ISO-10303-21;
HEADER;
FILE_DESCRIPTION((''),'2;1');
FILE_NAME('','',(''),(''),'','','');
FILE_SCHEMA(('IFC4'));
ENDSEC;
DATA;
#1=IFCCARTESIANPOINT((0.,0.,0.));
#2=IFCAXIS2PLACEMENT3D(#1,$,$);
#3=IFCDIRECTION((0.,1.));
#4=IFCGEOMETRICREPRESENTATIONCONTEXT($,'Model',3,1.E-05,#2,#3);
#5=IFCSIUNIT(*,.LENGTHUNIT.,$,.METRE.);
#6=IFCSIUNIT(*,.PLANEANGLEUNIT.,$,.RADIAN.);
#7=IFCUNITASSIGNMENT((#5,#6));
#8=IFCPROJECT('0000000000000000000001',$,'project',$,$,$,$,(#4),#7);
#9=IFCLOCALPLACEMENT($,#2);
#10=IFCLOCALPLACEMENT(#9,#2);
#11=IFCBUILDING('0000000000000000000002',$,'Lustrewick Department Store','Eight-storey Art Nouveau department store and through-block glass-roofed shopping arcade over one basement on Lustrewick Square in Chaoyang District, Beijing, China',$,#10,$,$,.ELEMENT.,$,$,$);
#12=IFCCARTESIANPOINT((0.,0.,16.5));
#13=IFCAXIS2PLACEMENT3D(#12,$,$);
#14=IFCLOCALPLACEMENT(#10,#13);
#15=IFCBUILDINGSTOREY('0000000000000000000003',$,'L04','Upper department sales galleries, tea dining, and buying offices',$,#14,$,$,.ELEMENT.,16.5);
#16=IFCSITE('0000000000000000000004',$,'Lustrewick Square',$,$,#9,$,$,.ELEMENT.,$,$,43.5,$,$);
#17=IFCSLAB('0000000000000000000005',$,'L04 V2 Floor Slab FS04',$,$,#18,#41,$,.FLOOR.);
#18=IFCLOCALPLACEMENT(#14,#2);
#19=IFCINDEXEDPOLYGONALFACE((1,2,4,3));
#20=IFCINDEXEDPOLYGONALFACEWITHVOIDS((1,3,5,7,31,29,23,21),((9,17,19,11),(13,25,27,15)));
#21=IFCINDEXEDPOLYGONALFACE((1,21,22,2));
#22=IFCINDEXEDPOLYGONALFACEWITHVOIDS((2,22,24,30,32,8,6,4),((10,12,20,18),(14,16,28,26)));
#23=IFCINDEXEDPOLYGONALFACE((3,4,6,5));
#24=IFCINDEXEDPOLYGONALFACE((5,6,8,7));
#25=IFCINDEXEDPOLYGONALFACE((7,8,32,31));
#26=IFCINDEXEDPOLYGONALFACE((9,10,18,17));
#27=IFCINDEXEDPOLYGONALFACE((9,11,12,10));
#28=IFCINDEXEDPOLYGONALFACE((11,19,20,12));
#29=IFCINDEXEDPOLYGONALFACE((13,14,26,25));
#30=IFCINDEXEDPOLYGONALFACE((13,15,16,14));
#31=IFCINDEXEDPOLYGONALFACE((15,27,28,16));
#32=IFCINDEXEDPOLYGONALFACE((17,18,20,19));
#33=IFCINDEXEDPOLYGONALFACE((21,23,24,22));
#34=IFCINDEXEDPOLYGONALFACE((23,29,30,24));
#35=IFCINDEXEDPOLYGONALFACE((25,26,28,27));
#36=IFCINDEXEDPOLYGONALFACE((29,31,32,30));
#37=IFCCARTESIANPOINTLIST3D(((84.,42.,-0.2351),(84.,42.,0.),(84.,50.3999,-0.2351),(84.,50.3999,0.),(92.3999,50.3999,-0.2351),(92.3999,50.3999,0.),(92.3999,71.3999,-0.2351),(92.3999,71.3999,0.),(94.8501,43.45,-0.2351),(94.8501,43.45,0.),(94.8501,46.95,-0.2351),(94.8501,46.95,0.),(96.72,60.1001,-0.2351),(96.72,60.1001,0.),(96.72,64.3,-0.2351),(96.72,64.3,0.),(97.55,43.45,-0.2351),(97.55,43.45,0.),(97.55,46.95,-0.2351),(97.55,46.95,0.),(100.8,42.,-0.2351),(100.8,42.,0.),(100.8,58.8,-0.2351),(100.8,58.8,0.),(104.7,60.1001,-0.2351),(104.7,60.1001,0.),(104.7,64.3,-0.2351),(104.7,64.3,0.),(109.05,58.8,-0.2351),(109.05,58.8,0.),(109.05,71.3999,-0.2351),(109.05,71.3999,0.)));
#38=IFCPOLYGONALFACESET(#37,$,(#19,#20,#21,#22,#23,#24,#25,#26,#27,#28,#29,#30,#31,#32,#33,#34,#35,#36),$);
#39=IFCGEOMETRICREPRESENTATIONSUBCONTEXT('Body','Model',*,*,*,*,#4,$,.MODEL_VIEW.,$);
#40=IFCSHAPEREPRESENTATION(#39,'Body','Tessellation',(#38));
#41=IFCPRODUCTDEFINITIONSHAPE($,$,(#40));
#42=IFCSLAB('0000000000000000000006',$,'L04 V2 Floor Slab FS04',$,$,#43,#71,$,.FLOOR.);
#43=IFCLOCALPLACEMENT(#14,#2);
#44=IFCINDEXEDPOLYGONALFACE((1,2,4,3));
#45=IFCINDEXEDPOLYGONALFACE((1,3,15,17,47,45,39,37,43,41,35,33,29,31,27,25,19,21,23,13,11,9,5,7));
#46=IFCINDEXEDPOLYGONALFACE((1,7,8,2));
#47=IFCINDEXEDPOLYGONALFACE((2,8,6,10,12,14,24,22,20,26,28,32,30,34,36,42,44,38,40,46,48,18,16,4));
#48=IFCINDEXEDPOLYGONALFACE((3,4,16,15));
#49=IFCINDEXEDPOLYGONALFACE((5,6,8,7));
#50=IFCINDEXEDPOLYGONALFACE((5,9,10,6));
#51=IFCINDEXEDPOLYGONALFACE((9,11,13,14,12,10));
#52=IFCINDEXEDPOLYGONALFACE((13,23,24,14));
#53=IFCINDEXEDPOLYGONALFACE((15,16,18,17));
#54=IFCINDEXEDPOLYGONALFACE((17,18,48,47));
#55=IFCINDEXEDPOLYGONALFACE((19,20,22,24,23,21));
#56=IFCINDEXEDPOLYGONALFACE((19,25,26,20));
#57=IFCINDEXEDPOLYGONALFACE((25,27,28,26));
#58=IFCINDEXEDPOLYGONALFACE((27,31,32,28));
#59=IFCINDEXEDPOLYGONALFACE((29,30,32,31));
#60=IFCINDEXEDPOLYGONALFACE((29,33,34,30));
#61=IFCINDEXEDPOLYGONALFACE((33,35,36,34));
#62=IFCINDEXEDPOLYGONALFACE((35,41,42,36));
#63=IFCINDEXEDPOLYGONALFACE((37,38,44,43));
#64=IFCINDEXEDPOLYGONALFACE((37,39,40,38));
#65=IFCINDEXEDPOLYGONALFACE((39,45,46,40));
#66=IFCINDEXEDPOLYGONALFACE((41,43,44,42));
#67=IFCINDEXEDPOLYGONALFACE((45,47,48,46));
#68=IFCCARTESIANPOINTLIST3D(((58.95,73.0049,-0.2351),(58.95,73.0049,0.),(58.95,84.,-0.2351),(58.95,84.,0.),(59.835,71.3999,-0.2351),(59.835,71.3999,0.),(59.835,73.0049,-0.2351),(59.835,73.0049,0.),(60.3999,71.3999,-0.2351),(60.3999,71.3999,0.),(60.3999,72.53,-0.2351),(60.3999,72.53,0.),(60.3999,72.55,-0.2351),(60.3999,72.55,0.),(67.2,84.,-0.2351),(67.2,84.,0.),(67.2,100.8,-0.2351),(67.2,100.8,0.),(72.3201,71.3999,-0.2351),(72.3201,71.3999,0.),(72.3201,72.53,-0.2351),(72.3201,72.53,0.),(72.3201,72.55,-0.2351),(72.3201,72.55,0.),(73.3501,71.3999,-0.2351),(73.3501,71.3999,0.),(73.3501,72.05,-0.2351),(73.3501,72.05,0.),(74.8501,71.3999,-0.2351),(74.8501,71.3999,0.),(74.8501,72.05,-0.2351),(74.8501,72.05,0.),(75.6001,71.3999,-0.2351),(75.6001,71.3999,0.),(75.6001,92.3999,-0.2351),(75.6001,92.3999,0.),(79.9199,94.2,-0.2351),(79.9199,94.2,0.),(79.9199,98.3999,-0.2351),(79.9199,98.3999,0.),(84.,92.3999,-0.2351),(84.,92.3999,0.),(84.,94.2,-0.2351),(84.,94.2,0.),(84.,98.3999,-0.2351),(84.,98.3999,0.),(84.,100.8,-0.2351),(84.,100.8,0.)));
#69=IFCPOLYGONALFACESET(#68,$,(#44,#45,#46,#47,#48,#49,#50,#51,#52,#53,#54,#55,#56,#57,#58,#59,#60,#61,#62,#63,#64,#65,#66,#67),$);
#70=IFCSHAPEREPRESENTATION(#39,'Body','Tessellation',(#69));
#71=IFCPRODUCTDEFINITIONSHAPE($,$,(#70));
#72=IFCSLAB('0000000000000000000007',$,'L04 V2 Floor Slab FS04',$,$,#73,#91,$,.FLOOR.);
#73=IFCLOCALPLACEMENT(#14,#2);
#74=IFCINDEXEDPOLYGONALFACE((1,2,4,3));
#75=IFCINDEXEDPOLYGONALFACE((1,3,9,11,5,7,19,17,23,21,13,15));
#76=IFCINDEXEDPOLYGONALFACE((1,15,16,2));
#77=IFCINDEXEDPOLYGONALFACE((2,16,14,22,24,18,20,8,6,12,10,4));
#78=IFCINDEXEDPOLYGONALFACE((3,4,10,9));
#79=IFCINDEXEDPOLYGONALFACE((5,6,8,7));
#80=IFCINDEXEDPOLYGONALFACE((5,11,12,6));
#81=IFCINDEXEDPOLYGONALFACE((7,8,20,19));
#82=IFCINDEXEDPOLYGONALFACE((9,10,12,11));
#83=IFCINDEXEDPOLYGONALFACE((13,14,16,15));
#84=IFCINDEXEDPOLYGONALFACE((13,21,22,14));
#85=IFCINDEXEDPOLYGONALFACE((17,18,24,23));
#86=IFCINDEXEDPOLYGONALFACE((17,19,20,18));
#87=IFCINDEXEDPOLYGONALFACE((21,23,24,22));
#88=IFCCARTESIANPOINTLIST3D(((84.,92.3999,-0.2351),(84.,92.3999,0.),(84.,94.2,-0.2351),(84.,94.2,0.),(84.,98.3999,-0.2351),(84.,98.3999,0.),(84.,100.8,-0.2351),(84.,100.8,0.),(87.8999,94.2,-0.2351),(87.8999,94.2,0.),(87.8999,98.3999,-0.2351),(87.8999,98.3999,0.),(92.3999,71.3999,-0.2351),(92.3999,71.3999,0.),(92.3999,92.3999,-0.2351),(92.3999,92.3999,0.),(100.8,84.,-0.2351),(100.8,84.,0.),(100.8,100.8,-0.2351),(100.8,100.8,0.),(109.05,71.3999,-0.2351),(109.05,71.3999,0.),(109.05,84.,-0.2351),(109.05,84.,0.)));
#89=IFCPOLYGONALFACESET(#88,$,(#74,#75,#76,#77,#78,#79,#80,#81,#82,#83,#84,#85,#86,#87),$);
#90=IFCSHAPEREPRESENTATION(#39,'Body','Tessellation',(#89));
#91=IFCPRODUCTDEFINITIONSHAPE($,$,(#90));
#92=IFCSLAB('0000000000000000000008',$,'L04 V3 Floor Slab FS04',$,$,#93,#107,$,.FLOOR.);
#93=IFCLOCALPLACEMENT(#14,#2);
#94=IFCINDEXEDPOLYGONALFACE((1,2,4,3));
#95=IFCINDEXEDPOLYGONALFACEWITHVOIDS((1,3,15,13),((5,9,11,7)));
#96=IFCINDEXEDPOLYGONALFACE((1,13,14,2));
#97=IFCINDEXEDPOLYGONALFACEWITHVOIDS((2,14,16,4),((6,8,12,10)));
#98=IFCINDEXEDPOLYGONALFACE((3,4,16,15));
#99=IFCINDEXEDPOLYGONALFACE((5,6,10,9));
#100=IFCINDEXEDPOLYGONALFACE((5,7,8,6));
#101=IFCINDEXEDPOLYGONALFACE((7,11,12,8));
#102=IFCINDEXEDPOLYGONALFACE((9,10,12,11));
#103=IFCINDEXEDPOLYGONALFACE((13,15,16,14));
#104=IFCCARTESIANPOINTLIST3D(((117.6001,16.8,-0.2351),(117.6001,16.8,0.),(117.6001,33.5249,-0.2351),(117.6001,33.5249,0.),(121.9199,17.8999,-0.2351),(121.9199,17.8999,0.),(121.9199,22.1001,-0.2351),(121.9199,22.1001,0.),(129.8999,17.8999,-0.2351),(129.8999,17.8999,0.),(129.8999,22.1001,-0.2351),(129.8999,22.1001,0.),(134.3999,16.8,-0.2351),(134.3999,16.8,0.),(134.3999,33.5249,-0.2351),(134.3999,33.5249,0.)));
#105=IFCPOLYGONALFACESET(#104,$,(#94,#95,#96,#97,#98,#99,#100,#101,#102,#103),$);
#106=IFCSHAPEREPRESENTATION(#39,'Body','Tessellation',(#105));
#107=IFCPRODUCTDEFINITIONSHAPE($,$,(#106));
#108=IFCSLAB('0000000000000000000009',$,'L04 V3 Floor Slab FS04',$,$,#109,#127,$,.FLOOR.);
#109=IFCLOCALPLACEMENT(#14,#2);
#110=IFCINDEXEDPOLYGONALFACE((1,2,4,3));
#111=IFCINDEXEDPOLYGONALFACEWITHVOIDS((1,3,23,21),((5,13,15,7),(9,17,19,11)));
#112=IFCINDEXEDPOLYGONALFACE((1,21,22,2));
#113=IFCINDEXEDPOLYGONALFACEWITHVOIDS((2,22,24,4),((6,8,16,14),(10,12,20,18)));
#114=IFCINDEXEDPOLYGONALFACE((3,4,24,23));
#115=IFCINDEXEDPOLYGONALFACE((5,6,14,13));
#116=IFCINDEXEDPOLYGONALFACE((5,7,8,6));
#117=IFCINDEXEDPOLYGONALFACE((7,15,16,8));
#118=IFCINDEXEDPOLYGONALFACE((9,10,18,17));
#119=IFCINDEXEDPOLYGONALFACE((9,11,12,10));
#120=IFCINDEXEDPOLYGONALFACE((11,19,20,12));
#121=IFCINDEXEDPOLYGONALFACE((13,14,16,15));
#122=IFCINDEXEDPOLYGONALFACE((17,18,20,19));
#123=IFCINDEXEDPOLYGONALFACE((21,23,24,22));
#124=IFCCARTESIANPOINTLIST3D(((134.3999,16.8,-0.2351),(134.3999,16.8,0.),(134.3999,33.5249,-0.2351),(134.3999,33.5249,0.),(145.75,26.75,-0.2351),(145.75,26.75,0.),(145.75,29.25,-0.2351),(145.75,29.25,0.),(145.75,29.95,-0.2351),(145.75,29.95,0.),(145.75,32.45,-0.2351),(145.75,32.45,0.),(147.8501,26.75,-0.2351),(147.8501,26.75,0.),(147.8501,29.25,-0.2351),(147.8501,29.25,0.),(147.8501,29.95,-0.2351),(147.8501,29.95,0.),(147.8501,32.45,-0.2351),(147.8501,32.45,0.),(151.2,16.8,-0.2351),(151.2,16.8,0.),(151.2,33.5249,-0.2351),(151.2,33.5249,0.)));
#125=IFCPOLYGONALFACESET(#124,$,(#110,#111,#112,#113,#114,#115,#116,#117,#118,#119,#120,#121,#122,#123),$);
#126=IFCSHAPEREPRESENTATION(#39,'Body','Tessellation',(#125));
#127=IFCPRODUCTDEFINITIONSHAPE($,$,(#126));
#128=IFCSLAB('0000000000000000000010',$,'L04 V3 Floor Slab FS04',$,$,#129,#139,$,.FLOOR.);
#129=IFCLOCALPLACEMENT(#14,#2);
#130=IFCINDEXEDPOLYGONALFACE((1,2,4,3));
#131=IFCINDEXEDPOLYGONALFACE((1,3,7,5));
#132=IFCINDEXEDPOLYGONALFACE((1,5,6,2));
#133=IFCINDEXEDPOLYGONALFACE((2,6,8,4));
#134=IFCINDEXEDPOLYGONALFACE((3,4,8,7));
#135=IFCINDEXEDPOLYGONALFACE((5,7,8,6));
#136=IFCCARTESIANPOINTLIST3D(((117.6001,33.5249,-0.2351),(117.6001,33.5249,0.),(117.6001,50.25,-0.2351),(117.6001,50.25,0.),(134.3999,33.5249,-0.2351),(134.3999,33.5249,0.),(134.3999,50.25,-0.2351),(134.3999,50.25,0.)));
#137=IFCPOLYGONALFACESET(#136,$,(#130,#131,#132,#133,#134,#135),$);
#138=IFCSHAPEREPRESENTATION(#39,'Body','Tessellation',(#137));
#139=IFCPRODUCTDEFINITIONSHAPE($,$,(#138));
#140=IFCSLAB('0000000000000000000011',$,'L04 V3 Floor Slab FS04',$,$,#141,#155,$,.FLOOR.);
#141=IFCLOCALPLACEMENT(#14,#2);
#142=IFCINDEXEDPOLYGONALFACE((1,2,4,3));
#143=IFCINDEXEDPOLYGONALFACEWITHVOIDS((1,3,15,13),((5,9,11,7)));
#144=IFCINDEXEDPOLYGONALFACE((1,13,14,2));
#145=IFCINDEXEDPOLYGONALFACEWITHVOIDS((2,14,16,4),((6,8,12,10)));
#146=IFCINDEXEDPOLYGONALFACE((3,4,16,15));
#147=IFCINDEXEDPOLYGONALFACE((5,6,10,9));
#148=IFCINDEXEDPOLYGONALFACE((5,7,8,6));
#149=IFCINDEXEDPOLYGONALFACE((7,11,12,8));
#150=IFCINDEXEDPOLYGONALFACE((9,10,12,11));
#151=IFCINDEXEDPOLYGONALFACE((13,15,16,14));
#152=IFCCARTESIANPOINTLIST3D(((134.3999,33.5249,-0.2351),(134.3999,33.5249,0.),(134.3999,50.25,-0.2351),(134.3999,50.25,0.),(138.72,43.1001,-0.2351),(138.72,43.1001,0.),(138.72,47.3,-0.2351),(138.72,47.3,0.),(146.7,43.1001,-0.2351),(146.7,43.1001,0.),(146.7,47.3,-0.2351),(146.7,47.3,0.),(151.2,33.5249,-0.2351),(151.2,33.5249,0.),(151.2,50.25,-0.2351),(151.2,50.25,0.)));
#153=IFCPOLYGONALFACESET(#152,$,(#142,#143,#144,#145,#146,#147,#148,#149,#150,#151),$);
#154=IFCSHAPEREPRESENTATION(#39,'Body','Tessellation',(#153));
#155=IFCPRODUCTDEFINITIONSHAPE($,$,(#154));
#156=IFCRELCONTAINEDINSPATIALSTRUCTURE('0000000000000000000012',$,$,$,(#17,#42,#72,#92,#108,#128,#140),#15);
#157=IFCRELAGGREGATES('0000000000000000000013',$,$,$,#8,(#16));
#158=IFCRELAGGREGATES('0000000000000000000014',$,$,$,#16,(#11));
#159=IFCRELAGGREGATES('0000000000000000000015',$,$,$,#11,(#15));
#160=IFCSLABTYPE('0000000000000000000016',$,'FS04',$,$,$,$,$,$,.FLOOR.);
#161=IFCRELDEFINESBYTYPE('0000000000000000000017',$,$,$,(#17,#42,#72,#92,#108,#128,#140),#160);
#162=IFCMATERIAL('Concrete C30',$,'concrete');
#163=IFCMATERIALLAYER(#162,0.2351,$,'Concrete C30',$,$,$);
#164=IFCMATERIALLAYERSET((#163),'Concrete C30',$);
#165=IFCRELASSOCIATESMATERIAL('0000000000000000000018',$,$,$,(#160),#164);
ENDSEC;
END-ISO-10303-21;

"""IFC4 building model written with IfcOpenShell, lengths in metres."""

from ifc_helpers import new_model, si_unit, direction, frame, origin, place, context, subcontext, project, spatial, polyline, outline, extrude, material, layer, layer_set, type_object, element, save


model = new_model("IFC4")

# Units and contexts
model_context = context("Model", 3, precision=1e-05, world=origin(), true_north=direction((0.0, 1.0)))
body_context = subcontext(model_context, "Body", "Model", "MODEL_VIEW")
ifc_project = project(units=[si_unit("LENGTHUNIT", "METRE"), si_unit("PLANEANGLEUNIT", "RADIAN")], contexts=[model_context])

# Site, building, storey
site_placement = place(None, origin())
site = spatial("IfcSite", under=ifc_project, at=site_placement, Name="Lustrewick Square", CompositionType="ELEMENT", RefElevation=43.5)
building_placement = place(site_placement, origin())
building = spatial("IfcBuilding", under=site, at=building_placement, Name="Lustrewick Department Store", Description="Eight-storey Art Nouveau department store and through-block glass-roofed shopping arcade over one basement on Lustrewick Square in Chaoyang District, Beijing, China", CompositionType="ELEMENT")
storey_placement = place(building_placement, frame((0.0, 0.0, 16.5)))
storey = spatial("IfcBuildingStorey", under=building, at=storey_placement, Name="L04", Description="Upper department sales galleries, tea dining, and buying offices", CompositionType="ELEMENT", Elevation=16.5)

# Slabs
ifc_material_1 = material(Name="Concrete C30", Category="concrete")
ifc_layer_1 = layer(ifc_material_1, 0.2351, Name="Concrete C30")
ifc_layer_set_1 = layer_set([ifc_layer_1], Name="Concrete C30")
slab_type_1 = type_object("IfcSlabType", Name="FS04", PredefinedType="FLOOR", material=ifc_layer_set_1)
slab_1_placement = place(storey_placement, frame((0.0, 0.0, -0.2351)))
element("IfcSlab", 1, at=slab_1_placement, inside=storey, type_object=slab_type_1, Name="L04 V2 Floor Slab FS04", PredefinedType="FLOOR", context=body_context, shape_type="SweptSolid", body=[
    extrude(outline(polyline([(84.0, 42.0), (100.8, 42.0), (100.8, 58.8), (109.05, 58.8), (109.05, 71.3999), (92.3999, 71.3999), (92.3999, 50.3999), (84.0, 50.3999), (84.0, 42.0)]), holes=[polyline([(96.72, 60.1001), (96.72, 64.3), (104.7, 64.3), (104.7, 60.1001), (96.72, 60.1001)]), polyline([(94.8501, 43.45), (94.8501, 46.95), (97.55, 46.95), (97.55, 43.45), (94.8501, 43.45)])]), origin(), (0.0, 0.0, 1.0), 0.2351),
])
slab_2_placement = place(storey_placement, frame((0.0, 0.0, -0.2351)))
element("IfcSlab", 2, at=slab_2_placement, inside=storey, type_object=slab_type_1, Name="L04 V2 Floor Slab FS04", PredefinedType="FLOOR", context=body_context, shape_type="SweptSolid", body=[
    extrude(outline(polyline([(60.3999, 71.3999), (60.3999, 72.53), (60.3999, 72.55), (72.3201, 72.55), (72.3201, 72.53), (72.3201, 71.3999), (73.3501, 71.3999), (73.3501, 72.05), (74.8501, 72.05), (74.8501, 71.3999), (75.6001, 71.3999), (75.6001, 92.3999), (84.0, 92.3999), (84.0, 94.2), (79.9199, 94.2), (79.9199, 98.3999), (84.0, 98.3999), (84.0, 100.8), (67.2, 100.8), (67.2, 84.0), (58.95, 84.0), (58.95, 73.0049), (59.835, 73.0049), (59.835, 71.3999), (60.3999, 71.3999)])), origin(), (0.0, 0.0, 1.0), 0.2351),
])
slab_3_placement = place(storey_placement, frame((0.0, 0.0, -0.2351)))
element("IfcSlab", 3, at=slab_3_placement, inside=storey, type_object=slab_type_1, Name="L04 V2 Floor Slab FS04", PredefinedType="FLOOR", context=body_context, shape_type="SweptSolid", body=[
    extrude(outline(polyline([(100.8, 100.8), (84.0, 100.8), (84.0, 98.3999), (87.8999, 98.3999), (87.8999, 94.2), (84.0, 94.2), (84.0, 92.3999), (92.3999, 92.3999), (92.3999, 71.3999), (109.05, 71.3999), (109.05, 84.0), (100.8, 84.0), (100.8, 100.8)])), origin(), (0.0, 0.0, 1.0), 0.2351),
])
slab_4_placement = place(storey_placement, frame((0.0, 0.0, -0.2351)))
element("IfcSlab", 4, at=slab_4_placement, inside=storey, type_object=slab_type_1, Name="L04 V3 Floor Slab FS04", PredefinedType="FLOOR", context=body_context, shape_type="SweptSolid", body=[
    extrude(outline(polyline([(117.6001, 16.8), (134.3999, 16.8), (134.3999, 33.5249), (117.6001, 33.5249), (117.6001, 16.8)]), holes=[polyline([(121.9199, 17.8999), (121.9199, 22.1001), (129.8999, 22.1001), (129.8999, 17.8999), (121.9199, 17.8999)])]), origin(), (0.0, 0.0, 1.0), 0.2351),
])
slab_5_placement = place(storey_placement, frame((0.0, 0.0, -0.2351)))
element("IfcSlab", 5, at=slab_5_placement, inside=storey, type_object=slab_type_1, Name="L04 V3 Floor Slab FS04", PredefinedType="FLOOR", context=body_context, shape_type="SweptSolid", body=[
    extrude(outline(polyline([(151.2, 16.8), (151.2, 33.5249), (134.3999, 33.5249), (134.3999, 16.8), (151.2, 16.8)]), holes=[polyline([(145.75, 26.75), (145.75, 29.25), (147.8501, 29.25), (147.8501, 26.75), (145.75, 26.75)]), polyline([(145.75, 29.95), (145.75, 32.45), (147.8501, 32.45), (147.8501, 29.95), (145.75, 29.95)])]), origin(), (0.0, 0.0, 1.0), 0.2351),
])
slab_6_placement = place(storey_placement, frame((0.0, 0.0, -0.2351)))
element("IfcSlab", 6, at=slab_6_placement, inside=storey, type_object=slab_type_1, Name="L04 V3 Floor Slab FS04", PredefinedType="FLOOR", context=body_context, shape_type="SweptSolid", body=[
    extrude(outline(polyline([(117.6001, 50.25), (117.6001, 33.5249), (134.3999, 33.5249), (134.3999, 50.25), (117.6001, 50.25)])), origin(), (0.0, 0.0, 1.0), 0.2351),
])
slab_7_placement = place(storey_placement, frame((0.0, 0.0, -0.2351)))
element("IfcSlab", 7, at=slab_7_placement, inside=storey, type_object=slab_type_1, Name="L04 V3 Floor Slab FS04", PredefinedType="FLOOR", context=body_context, shape_type="SweptSolid", body=[
    extrude(outline(polyline([(151.2, 50.25), (134.3999, 50.25), (134.3999, 33.5249), (151.2, 33.5249), (151.2, 50.25)]), holes=[polyline([(138.72, 43.1001), (138.72, 47.3), (146.7, 47.3), (146.7, 43.1001), (138.72, 43.1001)])]), origin(), (0.0, 0.0, 1.0), 0.2351),
])

save(model, "model.ifc")
